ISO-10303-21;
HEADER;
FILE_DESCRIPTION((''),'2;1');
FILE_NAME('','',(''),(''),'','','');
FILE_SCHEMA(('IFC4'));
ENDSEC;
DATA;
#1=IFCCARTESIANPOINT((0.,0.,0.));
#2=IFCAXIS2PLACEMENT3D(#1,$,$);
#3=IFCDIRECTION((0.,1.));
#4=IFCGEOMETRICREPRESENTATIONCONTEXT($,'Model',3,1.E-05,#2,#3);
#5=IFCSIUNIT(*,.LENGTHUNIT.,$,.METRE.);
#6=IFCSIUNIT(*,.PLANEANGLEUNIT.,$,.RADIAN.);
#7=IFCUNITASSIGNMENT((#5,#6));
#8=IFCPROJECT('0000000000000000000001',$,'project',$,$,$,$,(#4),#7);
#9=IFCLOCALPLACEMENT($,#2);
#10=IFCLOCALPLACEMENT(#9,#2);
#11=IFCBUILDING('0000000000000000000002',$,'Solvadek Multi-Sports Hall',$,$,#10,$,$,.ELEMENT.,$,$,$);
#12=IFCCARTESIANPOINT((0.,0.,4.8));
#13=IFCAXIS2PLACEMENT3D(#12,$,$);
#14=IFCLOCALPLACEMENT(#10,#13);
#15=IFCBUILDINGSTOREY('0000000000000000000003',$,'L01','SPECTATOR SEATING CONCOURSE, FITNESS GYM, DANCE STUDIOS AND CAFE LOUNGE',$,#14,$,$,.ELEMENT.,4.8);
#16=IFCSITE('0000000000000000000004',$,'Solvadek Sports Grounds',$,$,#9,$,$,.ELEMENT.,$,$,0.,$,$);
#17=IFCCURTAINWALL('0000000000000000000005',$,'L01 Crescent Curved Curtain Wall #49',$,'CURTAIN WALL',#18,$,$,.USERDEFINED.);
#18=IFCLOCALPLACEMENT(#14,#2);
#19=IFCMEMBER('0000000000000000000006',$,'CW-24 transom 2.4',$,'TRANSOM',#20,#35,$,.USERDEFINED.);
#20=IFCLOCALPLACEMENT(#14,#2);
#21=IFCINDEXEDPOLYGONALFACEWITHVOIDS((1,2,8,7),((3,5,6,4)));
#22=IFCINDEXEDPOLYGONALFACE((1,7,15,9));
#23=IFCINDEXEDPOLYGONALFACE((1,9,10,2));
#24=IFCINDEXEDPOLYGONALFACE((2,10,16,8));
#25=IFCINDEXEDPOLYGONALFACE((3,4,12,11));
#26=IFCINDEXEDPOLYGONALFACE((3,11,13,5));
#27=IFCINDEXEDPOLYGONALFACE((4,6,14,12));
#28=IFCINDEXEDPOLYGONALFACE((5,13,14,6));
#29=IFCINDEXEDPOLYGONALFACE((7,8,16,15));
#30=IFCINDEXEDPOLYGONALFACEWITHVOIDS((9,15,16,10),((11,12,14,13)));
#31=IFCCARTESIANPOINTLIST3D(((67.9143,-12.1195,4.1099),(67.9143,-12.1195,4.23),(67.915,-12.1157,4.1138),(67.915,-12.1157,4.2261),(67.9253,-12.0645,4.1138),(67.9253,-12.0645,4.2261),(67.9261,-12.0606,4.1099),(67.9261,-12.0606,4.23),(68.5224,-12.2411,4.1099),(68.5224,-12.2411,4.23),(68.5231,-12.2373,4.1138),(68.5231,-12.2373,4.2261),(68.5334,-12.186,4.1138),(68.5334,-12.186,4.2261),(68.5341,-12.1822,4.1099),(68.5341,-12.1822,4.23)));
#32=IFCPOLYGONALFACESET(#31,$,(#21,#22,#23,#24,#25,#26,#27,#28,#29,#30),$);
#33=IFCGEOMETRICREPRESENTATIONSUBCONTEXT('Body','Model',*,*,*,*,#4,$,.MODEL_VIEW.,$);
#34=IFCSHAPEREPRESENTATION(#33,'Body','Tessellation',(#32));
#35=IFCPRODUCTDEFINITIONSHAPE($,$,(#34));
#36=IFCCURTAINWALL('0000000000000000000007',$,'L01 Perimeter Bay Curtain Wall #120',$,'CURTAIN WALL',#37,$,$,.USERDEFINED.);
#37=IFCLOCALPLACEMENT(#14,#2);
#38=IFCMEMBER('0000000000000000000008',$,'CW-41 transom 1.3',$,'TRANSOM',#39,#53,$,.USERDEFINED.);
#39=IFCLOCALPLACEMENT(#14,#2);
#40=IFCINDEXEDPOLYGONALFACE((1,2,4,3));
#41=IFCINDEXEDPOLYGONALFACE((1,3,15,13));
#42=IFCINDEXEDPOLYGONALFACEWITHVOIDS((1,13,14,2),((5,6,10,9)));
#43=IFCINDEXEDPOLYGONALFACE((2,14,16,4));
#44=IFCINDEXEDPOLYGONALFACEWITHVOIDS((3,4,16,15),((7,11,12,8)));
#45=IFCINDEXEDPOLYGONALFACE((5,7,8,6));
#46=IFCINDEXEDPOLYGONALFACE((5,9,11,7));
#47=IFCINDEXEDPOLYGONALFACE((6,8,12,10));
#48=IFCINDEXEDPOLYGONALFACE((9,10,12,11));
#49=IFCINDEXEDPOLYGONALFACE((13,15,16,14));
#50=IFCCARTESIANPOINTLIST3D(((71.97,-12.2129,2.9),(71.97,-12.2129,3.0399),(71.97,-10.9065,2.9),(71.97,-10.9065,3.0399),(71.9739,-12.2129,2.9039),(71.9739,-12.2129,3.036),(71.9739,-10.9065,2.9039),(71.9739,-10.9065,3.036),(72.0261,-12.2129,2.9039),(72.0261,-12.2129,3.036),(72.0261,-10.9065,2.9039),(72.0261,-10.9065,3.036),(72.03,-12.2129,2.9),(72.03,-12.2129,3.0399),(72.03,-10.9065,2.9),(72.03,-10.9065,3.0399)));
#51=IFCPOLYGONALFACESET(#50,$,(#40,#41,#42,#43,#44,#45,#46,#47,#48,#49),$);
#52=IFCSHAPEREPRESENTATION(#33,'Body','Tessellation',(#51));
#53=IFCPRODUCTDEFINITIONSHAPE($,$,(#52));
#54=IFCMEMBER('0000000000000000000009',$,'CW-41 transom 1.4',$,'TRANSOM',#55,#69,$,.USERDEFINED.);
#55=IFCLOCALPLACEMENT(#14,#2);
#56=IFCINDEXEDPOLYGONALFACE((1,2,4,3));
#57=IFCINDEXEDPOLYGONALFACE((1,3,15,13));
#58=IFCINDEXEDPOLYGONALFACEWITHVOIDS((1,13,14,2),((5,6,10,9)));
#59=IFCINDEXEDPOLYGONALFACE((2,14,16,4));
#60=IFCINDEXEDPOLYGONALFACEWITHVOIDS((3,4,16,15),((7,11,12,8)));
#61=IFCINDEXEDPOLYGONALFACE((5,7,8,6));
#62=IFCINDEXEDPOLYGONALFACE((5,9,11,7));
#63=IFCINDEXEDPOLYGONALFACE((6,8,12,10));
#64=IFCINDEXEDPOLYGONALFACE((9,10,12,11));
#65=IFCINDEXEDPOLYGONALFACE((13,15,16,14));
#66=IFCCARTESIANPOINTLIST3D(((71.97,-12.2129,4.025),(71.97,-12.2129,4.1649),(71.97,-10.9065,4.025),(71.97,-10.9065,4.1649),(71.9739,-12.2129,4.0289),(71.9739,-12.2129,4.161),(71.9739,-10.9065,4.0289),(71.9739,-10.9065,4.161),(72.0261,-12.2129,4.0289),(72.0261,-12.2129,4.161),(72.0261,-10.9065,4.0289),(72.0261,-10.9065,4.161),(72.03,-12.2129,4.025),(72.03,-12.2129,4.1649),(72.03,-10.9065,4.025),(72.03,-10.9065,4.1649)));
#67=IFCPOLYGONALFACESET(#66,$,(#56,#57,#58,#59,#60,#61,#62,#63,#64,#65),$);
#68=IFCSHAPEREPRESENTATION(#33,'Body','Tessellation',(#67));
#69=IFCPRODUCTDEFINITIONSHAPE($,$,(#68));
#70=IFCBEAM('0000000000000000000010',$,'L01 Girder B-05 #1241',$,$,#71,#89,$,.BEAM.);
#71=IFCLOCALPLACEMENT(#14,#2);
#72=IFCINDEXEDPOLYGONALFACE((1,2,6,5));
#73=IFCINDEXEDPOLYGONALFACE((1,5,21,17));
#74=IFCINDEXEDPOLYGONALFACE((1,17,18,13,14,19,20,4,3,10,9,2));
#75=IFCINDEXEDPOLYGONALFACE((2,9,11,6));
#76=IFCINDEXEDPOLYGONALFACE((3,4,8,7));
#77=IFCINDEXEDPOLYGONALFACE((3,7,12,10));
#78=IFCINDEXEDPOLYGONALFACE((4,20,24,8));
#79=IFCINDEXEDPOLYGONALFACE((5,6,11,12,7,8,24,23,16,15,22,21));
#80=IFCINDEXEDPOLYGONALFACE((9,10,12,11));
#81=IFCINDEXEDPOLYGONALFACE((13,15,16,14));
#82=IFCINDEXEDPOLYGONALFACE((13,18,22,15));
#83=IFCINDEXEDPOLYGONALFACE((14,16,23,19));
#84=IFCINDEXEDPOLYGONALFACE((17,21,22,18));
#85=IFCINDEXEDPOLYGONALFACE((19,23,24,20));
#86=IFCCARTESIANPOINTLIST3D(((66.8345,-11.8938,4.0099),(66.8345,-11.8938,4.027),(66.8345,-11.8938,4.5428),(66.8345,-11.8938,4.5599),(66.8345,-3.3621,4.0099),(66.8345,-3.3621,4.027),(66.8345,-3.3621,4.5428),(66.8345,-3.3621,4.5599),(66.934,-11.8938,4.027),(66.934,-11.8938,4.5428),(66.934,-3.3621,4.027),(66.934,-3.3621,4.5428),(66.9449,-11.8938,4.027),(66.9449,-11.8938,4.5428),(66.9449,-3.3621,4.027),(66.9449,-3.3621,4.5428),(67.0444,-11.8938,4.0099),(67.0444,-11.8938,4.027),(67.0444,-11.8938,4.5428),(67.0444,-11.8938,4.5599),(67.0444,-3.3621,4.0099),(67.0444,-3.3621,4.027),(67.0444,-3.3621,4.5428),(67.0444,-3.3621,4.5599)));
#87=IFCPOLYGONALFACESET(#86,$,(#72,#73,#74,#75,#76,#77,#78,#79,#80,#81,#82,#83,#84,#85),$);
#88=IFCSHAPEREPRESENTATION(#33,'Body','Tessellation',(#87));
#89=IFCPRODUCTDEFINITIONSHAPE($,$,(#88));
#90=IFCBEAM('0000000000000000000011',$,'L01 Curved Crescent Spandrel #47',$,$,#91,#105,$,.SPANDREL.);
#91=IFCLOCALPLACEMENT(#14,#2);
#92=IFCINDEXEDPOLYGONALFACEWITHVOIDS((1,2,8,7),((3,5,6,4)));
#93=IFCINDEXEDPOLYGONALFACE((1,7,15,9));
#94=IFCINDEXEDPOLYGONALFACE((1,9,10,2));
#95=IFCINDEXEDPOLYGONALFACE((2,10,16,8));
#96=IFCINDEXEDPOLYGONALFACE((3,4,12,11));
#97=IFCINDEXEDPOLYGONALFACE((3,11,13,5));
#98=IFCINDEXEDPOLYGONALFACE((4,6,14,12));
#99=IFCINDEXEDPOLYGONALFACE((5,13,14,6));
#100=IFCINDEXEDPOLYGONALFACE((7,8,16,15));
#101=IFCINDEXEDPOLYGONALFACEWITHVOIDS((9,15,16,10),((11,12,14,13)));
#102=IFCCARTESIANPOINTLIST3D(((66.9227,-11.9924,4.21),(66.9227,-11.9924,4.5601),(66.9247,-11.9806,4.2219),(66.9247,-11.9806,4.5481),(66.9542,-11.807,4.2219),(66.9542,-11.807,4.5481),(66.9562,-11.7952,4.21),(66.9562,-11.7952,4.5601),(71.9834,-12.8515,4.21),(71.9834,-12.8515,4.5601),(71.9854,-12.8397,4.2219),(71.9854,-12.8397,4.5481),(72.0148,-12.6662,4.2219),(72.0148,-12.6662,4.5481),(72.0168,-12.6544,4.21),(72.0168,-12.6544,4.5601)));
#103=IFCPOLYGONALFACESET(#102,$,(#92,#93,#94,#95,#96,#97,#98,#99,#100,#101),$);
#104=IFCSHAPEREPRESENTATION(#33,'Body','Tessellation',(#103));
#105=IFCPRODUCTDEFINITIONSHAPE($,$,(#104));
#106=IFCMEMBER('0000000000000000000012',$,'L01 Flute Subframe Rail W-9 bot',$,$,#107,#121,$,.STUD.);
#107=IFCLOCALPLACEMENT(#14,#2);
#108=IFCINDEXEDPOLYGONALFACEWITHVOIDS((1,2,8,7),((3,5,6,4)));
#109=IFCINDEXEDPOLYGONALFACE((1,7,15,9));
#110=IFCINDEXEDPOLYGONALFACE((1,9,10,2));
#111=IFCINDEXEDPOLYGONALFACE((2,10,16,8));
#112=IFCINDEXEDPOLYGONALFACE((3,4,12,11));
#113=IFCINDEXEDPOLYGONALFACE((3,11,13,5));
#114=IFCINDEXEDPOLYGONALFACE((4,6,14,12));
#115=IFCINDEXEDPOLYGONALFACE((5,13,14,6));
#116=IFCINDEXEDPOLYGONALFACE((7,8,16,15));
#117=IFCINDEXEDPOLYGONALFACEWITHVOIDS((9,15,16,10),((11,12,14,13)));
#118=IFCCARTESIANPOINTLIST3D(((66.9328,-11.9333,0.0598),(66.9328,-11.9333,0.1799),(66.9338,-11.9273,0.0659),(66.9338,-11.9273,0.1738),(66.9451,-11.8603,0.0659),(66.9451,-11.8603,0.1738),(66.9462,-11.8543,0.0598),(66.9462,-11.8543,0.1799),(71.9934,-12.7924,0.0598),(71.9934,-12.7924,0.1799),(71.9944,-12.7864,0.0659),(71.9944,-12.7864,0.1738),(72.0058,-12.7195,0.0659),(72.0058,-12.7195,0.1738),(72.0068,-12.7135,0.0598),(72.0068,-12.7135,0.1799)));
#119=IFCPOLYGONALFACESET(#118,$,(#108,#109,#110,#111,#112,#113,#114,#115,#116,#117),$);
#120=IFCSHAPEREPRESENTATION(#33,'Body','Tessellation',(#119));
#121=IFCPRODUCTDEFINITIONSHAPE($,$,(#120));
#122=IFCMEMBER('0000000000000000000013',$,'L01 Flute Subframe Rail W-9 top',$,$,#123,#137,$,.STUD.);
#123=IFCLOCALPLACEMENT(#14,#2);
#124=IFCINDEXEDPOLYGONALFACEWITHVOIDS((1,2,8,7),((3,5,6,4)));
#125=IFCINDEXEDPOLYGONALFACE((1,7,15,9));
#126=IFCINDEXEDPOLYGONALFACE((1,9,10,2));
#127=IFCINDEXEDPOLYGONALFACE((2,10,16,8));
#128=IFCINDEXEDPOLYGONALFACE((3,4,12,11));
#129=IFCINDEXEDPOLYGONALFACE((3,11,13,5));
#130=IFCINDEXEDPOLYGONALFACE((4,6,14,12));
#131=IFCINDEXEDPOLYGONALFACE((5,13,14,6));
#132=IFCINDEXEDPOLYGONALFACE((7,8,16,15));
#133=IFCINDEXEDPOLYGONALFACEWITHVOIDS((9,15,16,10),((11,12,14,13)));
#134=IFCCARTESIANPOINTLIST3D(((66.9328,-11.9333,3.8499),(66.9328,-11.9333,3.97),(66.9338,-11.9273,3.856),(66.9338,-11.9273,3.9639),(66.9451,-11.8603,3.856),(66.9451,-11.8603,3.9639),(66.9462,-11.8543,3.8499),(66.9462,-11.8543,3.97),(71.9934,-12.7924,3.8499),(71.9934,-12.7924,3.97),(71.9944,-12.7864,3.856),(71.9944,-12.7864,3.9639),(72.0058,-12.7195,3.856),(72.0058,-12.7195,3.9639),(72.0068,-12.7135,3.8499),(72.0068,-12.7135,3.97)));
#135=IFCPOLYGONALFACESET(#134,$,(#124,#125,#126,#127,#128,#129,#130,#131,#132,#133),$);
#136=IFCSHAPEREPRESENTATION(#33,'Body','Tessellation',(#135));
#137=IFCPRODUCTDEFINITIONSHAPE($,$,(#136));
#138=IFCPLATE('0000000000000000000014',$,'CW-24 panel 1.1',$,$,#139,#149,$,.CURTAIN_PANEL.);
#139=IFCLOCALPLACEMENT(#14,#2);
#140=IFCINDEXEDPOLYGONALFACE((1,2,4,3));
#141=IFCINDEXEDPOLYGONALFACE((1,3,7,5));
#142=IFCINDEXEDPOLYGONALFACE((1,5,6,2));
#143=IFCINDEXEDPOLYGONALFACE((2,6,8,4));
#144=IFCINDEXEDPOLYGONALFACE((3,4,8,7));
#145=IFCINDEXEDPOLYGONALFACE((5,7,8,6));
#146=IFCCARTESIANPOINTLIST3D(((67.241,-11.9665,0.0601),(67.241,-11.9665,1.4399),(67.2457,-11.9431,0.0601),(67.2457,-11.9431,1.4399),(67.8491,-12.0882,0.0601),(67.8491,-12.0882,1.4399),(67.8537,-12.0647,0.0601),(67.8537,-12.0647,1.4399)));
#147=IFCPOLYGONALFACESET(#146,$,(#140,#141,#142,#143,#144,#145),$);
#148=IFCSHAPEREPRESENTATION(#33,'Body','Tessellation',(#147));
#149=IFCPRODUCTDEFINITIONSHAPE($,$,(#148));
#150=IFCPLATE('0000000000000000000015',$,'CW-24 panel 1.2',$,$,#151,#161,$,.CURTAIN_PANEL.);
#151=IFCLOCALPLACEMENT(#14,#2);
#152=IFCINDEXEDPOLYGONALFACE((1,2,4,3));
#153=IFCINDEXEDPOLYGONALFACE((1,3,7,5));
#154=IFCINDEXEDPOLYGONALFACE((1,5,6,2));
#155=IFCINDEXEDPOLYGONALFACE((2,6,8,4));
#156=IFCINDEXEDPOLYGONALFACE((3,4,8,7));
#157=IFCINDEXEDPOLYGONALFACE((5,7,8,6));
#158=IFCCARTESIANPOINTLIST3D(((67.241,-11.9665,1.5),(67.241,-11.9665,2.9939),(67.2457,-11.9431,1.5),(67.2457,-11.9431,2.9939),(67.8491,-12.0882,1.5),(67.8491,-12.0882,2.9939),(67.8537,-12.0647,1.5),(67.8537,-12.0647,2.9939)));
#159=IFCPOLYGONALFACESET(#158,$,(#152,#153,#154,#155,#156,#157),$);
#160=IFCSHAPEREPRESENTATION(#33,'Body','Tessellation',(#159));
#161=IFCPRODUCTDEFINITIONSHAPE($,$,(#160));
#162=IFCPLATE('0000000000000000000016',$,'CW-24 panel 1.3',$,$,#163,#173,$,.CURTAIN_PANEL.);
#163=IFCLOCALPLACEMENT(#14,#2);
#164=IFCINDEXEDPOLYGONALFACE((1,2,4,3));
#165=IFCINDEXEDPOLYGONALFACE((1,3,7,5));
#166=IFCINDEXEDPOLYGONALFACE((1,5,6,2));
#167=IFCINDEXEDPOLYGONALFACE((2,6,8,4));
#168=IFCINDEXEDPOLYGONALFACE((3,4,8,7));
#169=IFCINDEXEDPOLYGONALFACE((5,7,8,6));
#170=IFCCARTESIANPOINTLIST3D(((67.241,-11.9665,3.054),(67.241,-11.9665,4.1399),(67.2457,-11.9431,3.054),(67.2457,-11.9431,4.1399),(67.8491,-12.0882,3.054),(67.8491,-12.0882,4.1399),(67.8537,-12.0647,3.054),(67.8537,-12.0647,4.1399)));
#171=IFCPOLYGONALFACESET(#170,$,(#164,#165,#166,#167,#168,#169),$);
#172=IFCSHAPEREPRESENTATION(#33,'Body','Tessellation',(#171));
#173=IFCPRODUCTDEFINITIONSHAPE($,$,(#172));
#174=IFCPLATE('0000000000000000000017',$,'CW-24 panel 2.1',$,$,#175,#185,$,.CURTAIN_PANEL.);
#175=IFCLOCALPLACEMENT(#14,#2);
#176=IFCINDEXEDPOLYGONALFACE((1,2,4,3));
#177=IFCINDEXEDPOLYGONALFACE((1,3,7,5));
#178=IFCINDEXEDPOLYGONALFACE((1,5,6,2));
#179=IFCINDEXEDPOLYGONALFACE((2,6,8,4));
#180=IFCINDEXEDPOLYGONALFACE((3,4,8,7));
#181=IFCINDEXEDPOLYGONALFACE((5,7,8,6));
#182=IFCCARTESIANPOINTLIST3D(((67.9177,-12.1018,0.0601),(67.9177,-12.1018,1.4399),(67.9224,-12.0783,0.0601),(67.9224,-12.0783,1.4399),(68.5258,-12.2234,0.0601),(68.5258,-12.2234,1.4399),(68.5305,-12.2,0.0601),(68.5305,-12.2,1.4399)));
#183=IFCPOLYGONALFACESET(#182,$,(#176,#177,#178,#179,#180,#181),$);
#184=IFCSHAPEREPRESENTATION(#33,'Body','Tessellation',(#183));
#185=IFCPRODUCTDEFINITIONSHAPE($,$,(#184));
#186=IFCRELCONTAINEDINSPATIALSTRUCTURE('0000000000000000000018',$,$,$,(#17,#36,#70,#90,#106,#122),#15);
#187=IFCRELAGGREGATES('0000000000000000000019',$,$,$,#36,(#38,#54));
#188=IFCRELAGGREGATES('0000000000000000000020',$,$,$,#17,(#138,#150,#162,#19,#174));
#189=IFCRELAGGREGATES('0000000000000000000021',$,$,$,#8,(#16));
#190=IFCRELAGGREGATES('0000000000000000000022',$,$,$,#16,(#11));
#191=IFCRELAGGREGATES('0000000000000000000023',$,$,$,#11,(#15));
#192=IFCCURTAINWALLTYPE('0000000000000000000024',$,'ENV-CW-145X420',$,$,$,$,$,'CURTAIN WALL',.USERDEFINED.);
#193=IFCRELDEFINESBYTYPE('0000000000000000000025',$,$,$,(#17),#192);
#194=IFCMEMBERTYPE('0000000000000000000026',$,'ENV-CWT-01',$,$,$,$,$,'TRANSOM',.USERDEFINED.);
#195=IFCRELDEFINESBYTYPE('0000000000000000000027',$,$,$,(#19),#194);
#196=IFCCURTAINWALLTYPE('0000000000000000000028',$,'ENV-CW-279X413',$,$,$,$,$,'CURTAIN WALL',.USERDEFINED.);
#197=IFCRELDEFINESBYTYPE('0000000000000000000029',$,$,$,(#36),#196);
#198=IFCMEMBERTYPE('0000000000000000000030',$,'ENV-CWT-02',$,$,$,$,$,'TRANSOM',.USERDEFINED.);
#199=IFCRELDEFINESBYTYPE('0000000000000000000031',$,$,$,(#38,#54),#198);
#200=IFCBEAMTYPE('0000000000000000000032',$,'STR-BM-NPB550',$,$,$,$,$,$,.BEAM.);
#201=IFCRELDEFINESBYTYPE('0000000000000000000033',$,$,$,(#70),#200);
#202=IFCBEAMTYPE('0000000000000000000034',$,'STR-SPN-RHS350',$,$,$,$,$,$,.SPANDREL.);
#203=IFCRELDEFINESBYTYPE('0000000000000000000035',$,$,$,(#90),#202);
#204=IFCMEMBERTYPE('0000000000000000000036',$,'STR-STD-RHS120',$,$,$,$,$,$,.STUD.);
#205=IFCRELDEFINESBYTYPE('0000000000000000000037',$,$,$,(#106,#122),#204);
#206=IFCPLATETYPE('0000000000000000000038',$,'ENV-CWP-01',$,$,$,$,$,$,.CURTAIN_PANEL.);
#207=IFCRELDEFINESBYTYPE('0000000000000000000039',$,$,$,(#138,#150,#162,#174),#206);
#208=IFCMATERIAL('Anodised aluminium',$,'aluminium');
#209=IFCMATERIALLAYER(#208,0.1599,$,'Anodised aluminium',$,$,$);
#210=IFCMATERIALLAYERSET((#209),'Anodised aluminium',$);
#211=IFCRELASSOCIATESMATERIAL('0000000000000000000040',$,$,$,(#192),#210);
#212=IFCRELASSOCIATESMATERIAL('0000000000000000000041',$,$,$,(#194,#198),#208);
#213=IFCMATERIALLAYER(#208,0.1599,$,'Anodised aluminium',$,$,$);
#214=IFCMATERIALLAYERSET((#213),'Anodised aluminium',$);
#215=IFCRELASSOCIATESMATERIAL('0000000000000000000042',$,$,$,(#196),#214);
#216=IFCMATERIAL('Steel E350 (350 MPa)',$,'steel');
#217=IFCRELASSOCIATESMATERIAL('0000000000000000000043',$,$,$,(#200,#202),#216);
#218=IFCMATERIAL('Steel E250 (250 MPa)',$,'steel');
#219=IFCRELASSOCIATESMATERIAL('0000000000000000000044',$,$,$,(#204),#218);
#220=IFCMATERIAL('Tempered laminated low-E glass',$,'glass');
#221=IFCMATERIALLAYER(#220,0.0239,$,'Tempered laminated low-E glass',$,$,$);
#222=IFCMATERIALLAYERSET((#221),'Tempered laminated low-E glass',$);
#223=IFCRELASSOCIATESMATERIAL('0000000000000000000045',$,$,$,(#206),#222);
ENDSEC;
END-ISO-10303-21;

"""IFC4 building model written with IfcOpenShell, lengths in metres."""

from ifc_helpers import new_model, si_unit, direction, frame, origin, origin_2d, place, context, subcontext, project, spatial, rectangle, hollow_rectangle, i_section, extrude, material, layer, layer_set, material_profile, profile_set, type_object, element, aggregate, save


model = new_model("IFC4")

# Units and contexts
model_context = context("Model", 3, precision=1e-05, world=origin(), true_north=direction((0.0, 1.0)))
body_context = subcontext(model_context, "Body", "Model", "MODEL_VIEW")
ifc_project = project(units=[si_unit("LENGTHUNIT", "METRE"), si_unit("PLANEANGLEUNIT", "RADIAN")], contexts=[model_context])

# Site, building, storey
site_placement = place(None, origin())
site = spatial("IfcSite", under=ifc_project, at=site_placement, Name="Solvadek Sports Grounds", CompositionType="ELEMENT", RefElevation=0.0)
building_placement = place(site_placement, origin())
building = spatial("IfcBuilding", under=site, at=building_placement, Name="Solvadek Multi-Sports Hall", CompositionType="ELEMENT")
storey_placement = place(building_placement, frame((0.0, 0.0, 4.8)))
storey = spatial("IfcBuildingStorey", under=building, at=storey_placement, Name="L01", Description="SPECTATOR SEATING CONCOURSE, FITNESS GYM, DANCE STUDIOS AND CAFE LOUNGE", CompositionType="ELEMENT", Elevation=4.8)

# Shared definitions
ifc_material_1 = material(Name="Steel E350 (350 MPa)", Category="steel")

# Curtain walls, members
ifc_material_2 = material(Name="Anodised aluminium", Category="aluminium")
ifc_layer_1 = layer(ifc_material_2, 0.1599, Name="Anodised aluminium")
ifc_layer_set_1 = layer_set([ifc_layer_1], Name="Anodised aluminium")
curtain_wall_type_1 = type_object("IfcCurtainWallType", Name="ENV-CW-145X420", ElementType="CURTAIN WALL", PredefinedType="USERDEFINED", material=ifc_layer_set_1)
curtain_wall_1_placement = place(storey_placement, origin())
curtain_wall_1 = element("IfcCurtainWall", 1, at=curtain_wall_1_placement, inside=storey, type_object=curtain_wall_type_1, Name="L01 Crescent Curved Curtain Wall #49", ObjectType="CURTAIN WALL", PredefinedType="USERDEFINED")
ifc_material_profile_1 = material_profile(ifc_material_2, hollow_rectangle(XDim=0.0601, YDim=0.1201, WallThickness=0.0039, at=origin_2d()), Name="ALU-T 120x60x4")
ifc_profile_set_1 = profile_set([ifc_material_profile_1], Name="Anodised aluminium")
member_type_1 = type_object("IfcMemberType", Name="ENV-CWT-01", ElementType="TRANSOM", PredefinedType="USERDEFINED", material=ifc_profile_set_1)
member_1_placement = place(storey_placement, frame((67.9202, -12.0901, 4.1699), z_axis=(0.980596, -0.19604, 0.0), x_axis=(0.19604, 0.980596, 0.0)))
member_1 = element("IfcMember", 2, at=member_1_placement, type_object=member_type_1, Name="CW-24 transom 2.4", ObjectType="TRANSOM", PredefinedType="USERDEFINED", context=body_context, shape_type="SweptSolid", body=[
    extrude(hollow_rectangle(XDim=0.0601, YDim=0.1201, WallThickness=0.0039, at=origin_2d()), origin(), (0.0, 0.0, 1.0), 0.6201),
])
ifc_layer_2 = layer(ifc_material_2, 0.1599, Name="Anodised aluminium")
ifc_layer_set_2 = layer_set([ifc_layer_2], Name="Anodised aluminium")
curtain_wall_type_2 = type_object("IfcCurtainWallType", Name="ENV-CW-279X413", ElementType="CURTAIN WALL", PredefinedType="USERDEFINED", material=ifc_layer_set_2)
curtain_wall_2_placement = place(storey_placement, origin())
curtain_wall_2 = element("IfcCurtainWall", 3, at=curtain_wall_2_placement, inside=storey, type_object=curtain_wall_type_2, Name="L01 Perimeter Bay Curtain Wall #120", ObjectType="CURTAIN WALL", PredefinedType="USERDEFINED")
ifc_material_profile_2 = material_profile(ifc_material_2, hollow_rectangle(XDim=0.0601, YDim=0.1399, WallThickness=0.0039, at=origin_2d()), Name="ALU-T 140x60x4")
ifc_profile_set_2 = profile_set([ifc_material_profile_2], Name="Anodised aluminium")
member_type_2 = type_object("IfcMemberType", Name="ENV-CWT-02", ElementType="TRANSOM", PredefinedType="USERDEFINED", material=ifc_profile_set_2)
member_2_placement = place(storey_placement, frame((72.0, -12.2129, 2.97), z_axis=(0.0, 1.0, 0.0), x_axis=(-1.0, 0.0, 0.0)))
member_2 = element("IfcMember", 4, at=member_2_placement, type_object=member_type_2, Name="CW-41 transom 1.3", ObjectType="TRANSOM", PredefinedType="USERDEFINED", context=body_context, shape_type="SweptSolid", body=[
    extrude(hollow_rectangle(XDim=0.0601, YDim=0.1399, WallThickness=0.0039, at=origin_2d()), origin(), (0.0, 0.0, 1.0), 1.3064),
])
member_3_placement = place(storey_placement, frame((72.0, -12.2129, 4.095), z_axis=(0.0, 1.0, 0.0), x_axis=(-1.0, 0.0, 0.0)))
member_3 = element("IfcMember", 5, at=member_3_placement, type_object=member_type_2, Name="CW-41 transom 1.4", ObjectType="TRANSOM", PredefinedType="USERDEFINED", context=body_context, shape_type="SweptSolid", body=[
    extrude(hollow_rectangle(XDim=0.0601, YDim=0.1399, WallThickness=0.0039, at=origin_2d()), origin(), (0.0, 0.0, 1.0), 1.3064),
])
aggregate(curtain_wall_2, [member_2, member_3])

# Beams
ifc_material_profile_3 = material_profile(ifc_material_1, i_section(OverallWidth=0.21, OverallDepth=0.55, WebThickness=0.011, FlangeThickness=0.0171, at=origin_2d()), Name="NPB 550")
ifc_profile_set_3 = profile_set([ifc_material_profile_3], Name="Steel E350 (350 MPa)")
beam_type_1 = type_object("IfcBeamType", Name="STR-BM-NPB550", PredefinedType="BEAM", material=ifc_profile_set_3)
beam_1_placement = place(storey_placement, frame((66.9395, -11.8938, 4.2849), z_axis=(0.0, 1.0, 0.0), x_axis=(-1.0, 0.0, 0.0)))
element("IfcBeam", 6, at=beam_1_placement, inside=storey, type_object=beam_type_1, Name="L01 Girder B-05 #1241", PredefinedType="BEAM", context=body_context, shape_type="SweptSolid", body=[
    extrude(i_section(OverallWidth=0.21, OverallDepth=0.55, WebThickness=0.011, FlangeThickness=0.0171, at=origin_2d()), origin(), (0.0, 0.0, 1.0), 8.5317),
])
ifc_material_profile_4 = material_profile(ifc_material_1, hollow_rectangle(XDim=0.2, YDim=0.3501, WallThickness=0.012, at=origin_2d()), Name="RHS 350x200x12")
ifc_profile_set_4 = profile_set([ifc_material_profile_4], Name="Steel E350 (350 MPa)")
beam_type_2 = type_object("IfcBeamType", Name="STR-SPN-RHS350", PredefinedType="SPANDREL", material=ifc_profile_set_4)
beam_2_placement = place(storey_placement, frame((66.9395, -11.8938, 4.385), z_axis=(0.985893, -0.167375, 0.0), x_axis=(0.167375, 0.985893, 0.0)))
element("IfcBeam", 7, at=beam_2_placement, inside=storey, type_object=beam_type_2, Name="L01 Curved Crescent Spandrel #47", PredefinedType="SPANDREL", context=body_context, shape_type="SweptSolid", body=[
    extrude(hollow_rectangle(XDim=0.2, YDim=0.3501, WallThickness=0.012, at=origin_2d()), origin(), (0.0, 0.0, 1.0), 5.1331),
])

# Members
ifc_material_3 = material(Name="Steel E250 (250 MPa)", Category="steel")
ifc_material_profile_5 = material_profile(ifc_material_3, hollow_rectangle(XDim=0.0801, YDim=0.1201, WallThickness=0.0061, at=origin_2d()), Name="RHS 120x80x6")
ifc_profile_set_5 = profile_set([ifc_material_profile_5], Name="Steel E250 (250 MPa)")
member_type_3 = type_object("IfcMemberType", Name="STR-STD-RHS120", PredefinedType="STUD", material=ifc_profile_set_5)
for number, where, z_axis, x_axis, name in (
    (8, (66.9395, -11.8938, 0.1199), (0.985893, -0.167375, 0.0), (0.167375, 0.985893, 0.0), "L01 Flute Subframe Rail W-9 bot"),
    (9, (66.9395, -11.8938, 3.9099), (0.985893, -0.167375, 0.0), (0.167375, 0.985893, 0.0), "L01 Flute Subframe Rail W-9 top"),
):
    element("IfcMember", number, at=place(storey_placement, frame(where, z_axis=z_axis, x_axis=x_axis)), inside=storey, type_object=member_type_3, Name=name, PredefinedType="STUD", context=body_context, shape_type="SweptSolid", body=[
        extrude(hollow_rectangle(XDim=0.0801, YDim=0.1201, WallThickness=0.0061, at=origin_2d()), origin(), (0.0, 0.0, 1.0), 5.1331),
    ])

# Plates
ifc_material_4 = material(Name="Tempered laminated low-E glass", Category="glass")
ifc_layer_3 = layer(ifc_material_4, 0.0239, Name="Tempered laminated low-E glass")
ifc_layer_set_3 = layer_set([ifc_layer_3], Name="Tempered laminated low-E glass")
plate_type_1 = type_object("IfcPlateType", Name="ENV-CWP-01", PredefinedType="CURTAIN_PANEL", material=ifc_layer_set_3)
plate_1_placement = place(storey_placement, frame((67.5474, -12.0156, 0.0601), z_axis=(0.0, 0.0, 1.0), x_axis=(0.980573, -0.196156, 0.0)))
plate_1 = element("IfcPlate", 10, at=plate_1_placement, type_object=plate_type_1, Name="CW-24 panel 1.1", PredefinedType="CURTAIN_PANEL", context=body_context, shape_type="SweptSolid", body=[
    extrude(rectangle(XDim=0.6201, YDim=0.0239, at=origin_2d()), origin(), (0.0, 0.0, 1.0), 1.3799),
])
plate_2_placement = place(storey_placement, frame((67.5474, -12.0156, 1.5), z_axis=(0.0, 0.0, 1.0), x_axis=(0.980573, -0.196156, 0.0)))
plate_2 = element("IfcPlate", 11, at=plate_2_placement, type_object=plate_type_1, Name="CW-24 panel 1.2", PredefinedType="CURTAIN_PANEL", context=body_context, shape_type="SweptSolid", body=[
    extrude(rectangle(XDim=0.6201, YDim=0.0239, at=origin_2d()), origin(), (0.0, 0.0, 1.0), 1.4939),
])
plate_3_placement = place(storey_placement, frame((67.5474, -12.0156, 3.054), z_axis=(0.0, 0.0, 1.0), x_axis=(0.980573, -0.196156, 0.0)))
plate_3 = element("IfcPlate", 12, at=plate_3_placement, type_object=plate_type_1, Name="CW-24 panel 1.3", PredefinedType="CURTAIN_PANEL", context=body_context, shape_type="SweptSolid", body=[
    extrude(rectangle(XDim=0.6201, YDim=0.0239, at=origin_2d()), origin(), (0.0, 0.0, 1.0), 1.0859),
])
plate_4_placement = place(storey_placement, frame((68.2241, -12.1509, 0.0601), z_axis=(0.0, 0.0, 1.0), x_axis=(0.980573, -0.196156, 0.0)))
plate_4 = element("IfcPlate", 13, at=plate_4_placement, type_object=plate_type_1, Name="CW-24 panel 2.1", PredefinedType="CURTAIN_PANEL", context=body_context, shape_type="SweptSolid", body=[
    extrude(rectangle(XDim=0.6201, YDim=0.0239, at=origin_2d()), origin(), (0.0, 0.0, 1.0), 1.3799),
])
aggregate(curtain_wall_1, [plate_1, plate_2, plate_3, member_1, plate_4])

save(model, "model.ifc")
